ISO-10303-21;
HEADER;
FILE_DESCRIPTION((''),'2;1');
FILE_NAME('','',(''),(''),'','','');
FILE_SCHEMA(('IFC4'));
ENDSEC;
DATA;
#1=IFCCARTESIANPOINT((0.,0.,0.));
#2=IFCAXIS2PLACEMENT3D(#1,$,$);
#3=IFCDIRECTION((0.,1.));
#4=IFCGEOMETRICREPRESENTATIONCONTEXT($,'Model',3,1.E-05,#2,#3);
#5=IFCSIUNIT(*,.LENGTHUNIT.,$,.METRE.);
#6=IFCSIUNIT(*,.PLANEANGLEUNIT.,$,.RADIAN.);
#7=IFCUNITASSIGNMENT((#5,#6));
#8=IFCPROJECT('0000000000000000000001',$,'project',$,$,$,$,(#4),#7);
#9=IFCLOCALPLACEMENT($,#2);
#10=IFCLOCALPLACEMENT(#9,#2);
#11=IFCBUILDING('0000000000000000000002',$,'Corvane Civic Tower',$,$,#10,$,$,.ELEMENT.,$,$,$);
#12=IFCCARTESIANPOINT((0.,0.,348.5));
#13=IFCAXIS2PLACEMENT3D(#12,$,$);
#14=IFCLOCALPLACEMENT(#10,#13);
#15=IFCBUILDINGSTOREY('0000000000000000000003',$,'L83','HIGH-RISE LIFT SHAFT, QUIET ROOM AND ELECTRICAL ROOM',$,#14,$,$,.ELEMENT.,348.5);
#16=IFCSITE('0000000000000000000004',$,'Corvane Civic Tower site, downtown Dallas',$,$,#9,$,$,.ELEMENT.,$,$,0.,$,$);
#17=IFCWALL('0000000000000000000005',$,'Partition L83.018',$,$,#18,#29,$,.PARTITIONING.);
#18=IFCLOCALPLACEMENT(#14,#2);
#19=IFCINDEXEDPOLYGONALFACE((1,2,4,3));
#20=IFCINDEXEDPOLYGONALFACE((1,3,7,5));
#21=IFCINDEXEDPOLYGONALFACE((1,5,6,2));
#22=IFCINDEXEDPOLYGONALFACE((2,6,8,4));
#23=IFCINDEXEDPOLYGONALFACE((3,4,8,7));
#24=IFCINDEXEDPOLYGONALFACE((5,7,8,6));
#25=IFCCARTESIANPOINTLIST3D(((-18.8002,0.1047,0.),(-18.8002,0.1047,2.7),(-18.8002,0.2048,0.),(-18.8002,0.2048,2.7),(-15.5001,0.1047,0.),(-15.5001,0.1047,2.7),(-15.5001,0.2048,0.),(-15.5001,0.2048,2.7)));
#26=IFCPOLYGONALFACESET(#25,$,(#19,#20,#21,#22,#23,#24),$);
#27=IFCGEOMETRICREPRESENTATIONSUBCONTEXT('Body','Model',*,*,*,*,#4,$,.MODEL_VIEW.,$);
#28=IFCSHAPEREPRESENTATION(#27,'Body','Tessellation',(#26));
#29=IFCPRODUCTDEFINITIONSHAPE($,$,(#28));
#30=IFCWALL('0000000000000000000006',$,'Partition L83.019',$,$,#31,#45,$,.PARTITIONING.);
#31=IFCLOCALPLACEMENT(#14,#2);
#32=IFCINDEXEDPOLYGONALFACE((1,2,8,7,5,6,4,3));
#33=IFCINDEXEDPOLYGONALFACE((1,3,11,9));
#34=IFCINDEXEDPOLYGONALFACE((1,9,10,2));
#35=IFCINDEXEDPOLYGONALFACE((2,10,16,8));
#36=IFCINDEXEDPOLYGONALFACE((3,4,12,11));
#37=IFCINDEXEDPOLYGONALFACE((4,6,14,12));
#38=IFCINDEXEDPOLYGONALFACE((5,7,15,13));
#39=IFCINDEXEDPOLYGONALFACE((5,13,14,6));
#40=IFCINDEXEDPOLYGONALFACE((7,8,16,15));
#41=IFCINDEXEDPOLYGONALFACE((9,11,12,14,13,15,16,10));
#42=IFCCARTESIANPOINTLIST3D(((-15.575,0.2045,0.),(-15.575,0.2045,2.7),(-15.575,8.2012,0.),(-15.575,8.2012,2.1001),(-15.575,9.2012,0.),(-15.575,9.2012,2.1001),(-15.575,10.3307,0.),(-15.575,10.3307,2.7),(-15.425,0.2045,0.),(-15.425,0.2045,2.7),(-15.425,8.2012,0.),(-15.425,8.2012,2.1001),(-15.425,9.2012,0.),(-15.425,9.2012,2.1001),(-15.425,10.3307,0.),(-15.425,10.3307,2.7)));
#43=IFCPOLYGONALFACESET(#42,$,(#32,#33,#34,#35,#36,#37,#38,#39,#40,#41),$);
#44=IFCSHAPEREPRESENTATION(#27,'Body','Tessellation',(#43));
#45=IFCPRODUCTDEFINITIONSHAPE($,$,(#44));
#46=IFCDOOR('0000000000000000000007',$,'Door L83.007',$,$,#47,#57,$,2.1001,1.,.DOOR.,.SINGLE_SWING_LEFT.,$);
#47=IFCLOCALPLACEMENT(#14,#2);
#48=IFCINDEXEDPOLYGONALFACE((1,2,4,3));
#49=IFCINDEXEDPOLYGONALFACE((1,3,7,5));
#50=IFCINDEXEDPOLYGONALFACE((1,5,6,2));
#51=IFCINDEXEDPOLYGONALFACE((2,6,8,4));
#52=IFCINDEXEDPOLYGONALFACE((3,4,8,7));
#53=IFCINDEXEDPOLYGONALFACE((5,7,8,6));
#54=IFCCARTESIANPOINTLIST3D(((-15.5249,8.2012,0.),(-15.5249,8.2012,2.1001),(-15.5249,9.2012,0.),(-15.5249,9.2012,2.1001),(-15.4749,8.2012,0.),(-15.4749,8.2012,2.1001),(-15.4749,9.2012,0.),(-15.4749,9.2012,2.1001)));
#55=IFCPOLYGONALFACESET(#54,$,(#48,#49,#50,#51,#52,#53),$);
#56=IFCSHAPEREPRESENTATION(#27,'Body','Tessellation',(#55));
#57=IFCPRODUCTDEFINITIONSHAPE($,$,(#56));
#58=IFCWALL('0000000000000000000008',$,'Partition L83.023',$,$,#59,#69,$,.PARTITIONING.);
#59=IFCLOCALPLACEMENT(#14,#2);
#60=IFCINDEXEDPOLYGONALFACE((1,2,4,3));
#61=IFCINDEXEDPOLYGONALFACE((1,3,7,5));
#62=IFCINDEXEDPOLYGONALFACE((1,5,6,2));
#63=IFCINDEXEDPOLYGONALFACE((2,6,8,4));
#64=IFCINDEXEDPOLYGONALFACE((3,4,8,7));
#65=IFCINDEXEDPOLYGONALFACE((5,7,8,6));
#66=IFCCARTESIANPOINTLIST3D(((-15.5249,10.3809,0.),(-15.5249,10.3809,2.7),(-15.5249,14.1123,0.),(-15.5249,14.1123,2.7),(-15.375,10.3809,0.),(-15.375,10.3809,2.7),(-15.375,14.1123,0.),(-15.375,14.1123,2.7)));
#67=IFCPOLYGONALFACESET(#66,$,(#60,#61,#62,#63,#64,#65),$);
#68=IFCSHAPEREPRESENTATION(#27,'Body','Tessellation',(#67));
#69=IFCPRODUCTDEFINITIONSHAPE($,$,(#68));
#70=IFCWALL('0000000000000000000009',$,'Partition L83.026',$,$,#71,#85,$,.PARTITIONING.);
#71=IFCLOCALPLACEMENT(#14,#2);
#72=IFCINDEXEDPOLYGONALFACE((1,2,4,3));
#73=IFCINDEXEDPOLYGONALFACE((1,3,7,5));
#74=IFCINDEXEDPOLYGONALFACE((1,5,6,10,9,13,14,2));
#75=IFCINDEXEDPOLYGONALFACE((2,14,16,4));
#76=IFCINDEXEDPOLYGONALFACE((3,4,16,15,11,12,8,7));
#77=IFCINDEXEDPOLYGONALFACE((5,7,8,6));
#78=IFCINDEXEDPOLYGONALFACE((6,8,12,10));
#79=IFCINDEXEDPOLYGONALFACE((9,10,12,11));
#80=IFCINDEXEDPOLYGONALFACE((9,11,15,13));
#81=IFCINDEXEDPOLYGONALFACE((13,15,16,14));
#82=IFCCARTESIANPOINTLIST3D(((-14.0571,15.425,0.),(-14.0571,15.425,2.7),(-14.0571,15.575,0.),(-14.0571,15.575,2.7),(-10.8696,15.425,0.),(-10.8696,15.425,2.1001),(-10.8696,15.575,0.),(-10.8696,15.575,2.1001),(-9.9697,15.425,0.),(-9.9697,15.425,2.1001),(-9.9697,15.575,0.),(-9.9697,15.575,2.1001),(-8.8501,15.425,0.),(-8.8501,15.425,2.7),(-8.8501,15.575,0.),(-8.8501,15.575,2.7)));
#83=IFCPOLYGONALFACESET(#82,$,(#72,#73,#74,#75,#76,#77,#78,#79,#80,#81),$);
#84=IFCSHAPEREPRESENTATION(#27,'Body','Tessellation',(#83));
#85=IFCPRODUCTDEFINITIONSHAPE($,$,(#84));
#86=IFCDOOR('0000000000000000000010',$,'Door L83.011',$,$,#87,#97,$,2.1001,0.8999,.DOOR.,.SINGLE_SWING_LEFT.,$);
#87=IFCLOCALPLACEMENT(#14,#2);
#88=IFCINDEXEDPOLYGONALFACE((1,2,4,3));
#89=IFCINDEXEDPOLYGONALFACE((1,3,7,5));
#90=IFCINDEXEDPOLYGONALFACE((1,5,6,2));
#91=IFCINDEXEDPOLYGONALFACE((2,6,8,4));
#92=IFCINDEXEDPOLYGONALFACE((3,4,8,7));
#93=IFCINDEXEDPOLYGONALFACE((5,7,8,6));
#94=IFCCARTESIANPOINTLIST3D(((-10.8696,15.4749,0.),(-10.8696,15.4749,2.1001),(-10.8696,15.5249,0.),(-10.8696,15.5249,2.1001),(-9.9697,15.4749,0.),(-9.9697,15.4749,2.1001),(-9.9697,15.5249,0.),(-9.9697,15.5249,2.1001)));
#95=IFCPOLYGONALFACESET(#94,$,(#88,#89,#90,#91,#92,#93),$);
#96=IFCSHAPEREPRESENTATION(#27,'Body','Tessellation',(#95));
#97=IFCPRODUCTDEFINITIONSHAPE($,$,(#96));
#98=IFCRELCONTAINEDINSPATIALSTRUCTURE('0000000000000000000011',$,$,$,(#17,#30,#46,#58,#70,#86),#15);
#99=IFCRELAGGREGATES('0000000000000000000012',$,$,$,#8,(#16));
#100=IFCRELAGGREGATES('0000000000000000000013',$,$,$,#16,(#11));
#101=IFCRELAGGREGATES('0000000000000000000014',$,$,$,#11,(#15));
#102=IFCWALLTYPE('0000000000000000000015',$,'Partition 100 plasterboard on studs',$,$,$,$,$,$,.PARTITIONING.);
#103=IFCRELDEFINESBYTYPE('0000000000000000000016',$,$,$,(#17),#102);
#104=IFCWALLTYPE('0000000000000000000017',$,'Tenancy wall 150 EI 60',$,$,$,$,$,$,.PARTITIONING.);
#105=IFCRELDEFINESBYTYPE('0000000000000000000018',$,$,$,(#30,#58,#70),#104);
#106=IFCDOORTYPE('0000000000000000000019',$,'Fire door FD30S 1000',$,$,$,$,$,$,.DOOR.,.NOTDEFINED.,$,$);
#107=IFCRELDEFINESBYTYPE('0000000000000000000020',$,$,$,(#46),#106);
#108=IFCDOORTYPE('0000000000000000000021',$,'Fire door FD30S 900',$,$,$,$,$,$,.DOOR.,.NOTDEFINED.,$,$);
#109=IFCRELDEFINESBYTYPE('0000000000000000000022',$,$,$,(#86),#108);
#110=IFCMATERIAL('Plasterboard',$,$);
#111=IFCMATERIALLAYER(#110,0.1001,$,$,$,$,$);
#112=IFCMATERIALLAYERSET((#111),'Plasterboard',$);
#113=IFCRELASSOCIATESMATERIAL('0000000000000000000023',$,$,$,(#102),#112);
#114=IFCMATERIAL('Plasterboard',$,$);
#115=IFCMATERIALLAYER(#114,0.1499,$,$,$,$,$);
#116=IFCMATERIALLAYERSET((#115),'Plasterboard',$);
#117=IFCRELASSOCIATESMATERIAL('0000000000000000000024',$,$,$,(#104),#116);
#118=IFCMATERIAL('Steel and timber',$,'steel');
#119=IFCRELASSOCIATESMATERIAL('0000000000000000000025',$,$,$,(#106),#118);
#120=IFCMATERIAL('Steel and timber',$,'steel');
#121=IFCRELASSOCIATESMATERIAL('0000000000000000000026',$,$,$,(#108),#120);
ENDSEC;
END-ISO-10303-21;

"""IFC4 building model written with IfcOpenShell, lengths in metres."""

from ifc_helpers import new_model, si_unit, direction, frame, frame_2d, origin, place, context, subcontext, project, spatial, rectangle, extrude, material, layer, layer_set, type_object, element, fill, save


model = new_model("IFC4")

# Units and contexts
model_context = context("Model", 3, precision=1e-05, world=origin(), true_north=direction((0.0, 1.0)))
body_context = subcontext(model_context, "Body", "Model", "MODEL_VIEW")
ifc_project = project(units=[si_unit("LENGTHUNIT", "METRE"), si_unit("PLANEANGLEUNIT", "RADIAN")], contexts=[model_context])

# Site, building, storey
site_placement = place(None, origin())
site = spatial("IfcSite", under=ifc_project, at=site_placement, Name="Corvane Civic Tower site, downtown Dallas", CompositionType="ELEMENT", RefElevation=0.0)
building_placement = place(site_placement, origin())
building = spatial("IfcBuilding", under=site, at=building_placement, Name="Corvane Civic Tower", CompositionType="ELEMENT")
storey_placement = place(building_placement, frame((0.0, 0.0, 348.5)))
storey = spatial("IfcBuildingStorey", under=building, at=storey_placement, Name="L83", Description="HIGH-RISE LIFT SHAFT, QUIET ROOM AND ELECTRICAL ROOM", CompositionType="ELEMENT", Elevation=348.5)

# Wall
ifc_material_1 = material(Name="Plasterboard")
ifc_layer_1 = layer(ifc_material_1, 0.1001)
ifc_layer_set_1 = layer_set([ifc_layer_1], Name="Plasterboard")
wall_type_1 = type_object("IfcWallType", Name="Partition 100 plasterboard on studs", PredefinedType="PARTITIONING", material=ifc_layer_set_1)
wall_1_placement = place(storey_placement, frame((-18.8, 0.1548, 0.0), z_axis=(0.0, 0.0, 1.0), x_axis=(1.0, 0.0, 0.0)))
element("IfcWall", 1, at=wall_1_placement, inside=storey, type_object=wall_type_1, Name="Partition L83.018", PredefinedType="PARTITIONING", context=body_context, shape_type="SweptSolid", body=[
    extrude(rectangle(XDim=3.3, YDim=0.1001, at=frame_2d((1.6499, 0.0))), origin(), (0.0, 0.0, 1.0), 2.7),
])

# Wall, opening, door
ifc_material_2 = material(Name="Plasterboard")
ifc_layer_2 = layer(ifc_material_2, 0.1499)
ifc_layer_set_2 = layer_set([ifc_layer_2], Name="Plasterboard")
wall_type_2 = type_object("IfcWallType", Name="Tenancy wall 150 EI 60", PredefinedType="PARTITIONING", material=ifc_layer_set_2)
wall_2_placement = place(storey_placement, frame((-15.5, 0.2046, 0.0), z_axis=(0.0, 0.0, 1.0), x_axis=(0.0, 1.0, 0.0)))
wall_2 = element("IfcWall", 2, at=wall_2_placement, inside=storey, type_object=wall_type_2, Name="Partition L83.019", PredefinedType="PARTITIONING", context=body_context, shape_type="SweptSolid", body=[
    extrude(rectangle(XDim=10.1262, YDim=0.1499, at=frame_2d((5.063, 0.0))), origin(), (0.0, 0.0, 1.0), 2.7),
])
opening_1_placement = place(wall_2_placement, frame((7.9966, 0.0, 0.0)))
opening_1 = element("IfcOpeningElement", 3, at=opening_1_placement, cuts=wall_2, PredefinedType="OPENING", context=body_context, shape_type="SweptSolid", body=[
    extrude(rectangle(XDim=1.0, YDim=2.1001, at=frame_2d((0.5, 1.05))), frame((0.0, 0.085, 0.0), z_axis=(0.0, -1.0, 0.0), x_axis=(1.0, 0.0, 0.0)), (0.0, 0.0, 1.0), 0.1699),
])
ifc_material_3 = material(Name="Steel and timber", Category="steel")
door_type_1 = type_object("IfcDoorType", Name="Fire door FD30S 1000", OperationType="NOTDEFINED", PredefinedType="DOOR", material=ifc_material_3)
door_1_placement = place(opening_1_placement, origin())
door_1 = element("IfcDoor", 4, at=door_1_placement, inside=storey, type_object=door_type_1, Name="Door L83.007", OperationType="SINGLE_SWING_LEFT", OverallHeight=2.1001, OverallWidth=1.0, PredefinedType="DOOR", context=body_context, shape_type="SweptSolid", body=[
    extrude(rectangle(XDim=1.0, YDim=2.1001, at=frame_2d((0.5, 1.05))), frame((0.0, 0.0249, 0.0), z_axis=(0.0, -1.0, 0.0), x_axis=(1.0, 0.0, 0.0)), (0.0, 0.0, 1.0), 0.05),
])
fill(opening_1, door_1)

# Wall
wall_3_placement = place(storey_placement, frame((-15.45, 10.3809, 0.0), z_axis=(0.0, 0.0, 1.0), x_axis=(0.0, 1.0, 0.0)))
element("IfcWall", 5, at=wall_3_placement, inside=storey, type_object=wall_type_2, Name="Partition L83.023", PredefinedType="PARTITIONING", context=body_context, shape_type="SweptSolid", body=[
    extrude(rectangle(XDim=3.7314, YDim=0.1499, at=frame_2d((1.8657, 0.0))), origin(), (0.0, 0.0, 1.0), 2.7),
])

# Wall, opening, door
wall_4_placement = place(storey_placement, frame((-14.0571, 15.5, 0.0), z_axis=(0.0, 0.0, 1.0), x_axis=(1.0, 0.0, 0.0)))
wall_4 = element("IfcWall", 6, at=wall_4_placement, inside=storey, type_object=wall_type_2, Name="Partition L83.026", PredefinedType="PARTITIONING", context=body_context, shape_type="SweptSolid", body=[
    extrude(rectangle(XDim=5.207, YDim=0.1499, at=frame_2d((2.6035, 0.0))), origin(), (0.0, 0.0, 1.0), 2.7),
])
opening_2_placement = place(wall_4_placement, frame((3.1875, 0.0, 0.0)))
opening_2 = element("IfcOpeningElement", 7, at=opening_2_placement, cuts=wall_4, PredefinedType="OPENING", context=body_context, shape_type="SweptSolid", body=[
    extrude(rectangle(XDim=0.8999, YDim=2.1001, at=frame_2d((0.45, 1.05))), frame((0.0, 0.085, 0.0), z_axis=(0.0, -1.0, 0.0), x_axis=(1.0, 0.0, 0.0)), (0.0, 0.0, 1.0), 0.1699),
])
ifc_material_4 = material(Name="Steel and timber", Category="steel")
door_type_2 = type_object("IfcDoorType", Name="Fire door FD30S 900", OperationType="NOTDEFINED", PredefinedType="DOOR", material=ifc_material_4)
door_2_placement = place(opening_2_placement, origin())
door_2 = element("IfcDoor", 8, at=door_2_placement, inside=storey, type_object=door_type_2, Name="Door L83.011", OperationType="SINGLE_SWING_LEFT", OverallHeight=2.1001, OverallWidth=0.8999, PredefinedType="DOOR", context=body_context, shape_type="SweptSolid", body=[
    extrude(rectangle(XDim=0.8999, YDim=2.1001, at=frame_2d((0.45, 1.05))), frame((0.0, 0.0249, 0.0), z_axis=(0.0, -1.0, 0.0), x_axis=(1.0, 0.0, 0.0)), (0.0, 0.0, 1.0), 0.05),
])
fill(opening_2, door_2)

save(model, "model.ifc")
